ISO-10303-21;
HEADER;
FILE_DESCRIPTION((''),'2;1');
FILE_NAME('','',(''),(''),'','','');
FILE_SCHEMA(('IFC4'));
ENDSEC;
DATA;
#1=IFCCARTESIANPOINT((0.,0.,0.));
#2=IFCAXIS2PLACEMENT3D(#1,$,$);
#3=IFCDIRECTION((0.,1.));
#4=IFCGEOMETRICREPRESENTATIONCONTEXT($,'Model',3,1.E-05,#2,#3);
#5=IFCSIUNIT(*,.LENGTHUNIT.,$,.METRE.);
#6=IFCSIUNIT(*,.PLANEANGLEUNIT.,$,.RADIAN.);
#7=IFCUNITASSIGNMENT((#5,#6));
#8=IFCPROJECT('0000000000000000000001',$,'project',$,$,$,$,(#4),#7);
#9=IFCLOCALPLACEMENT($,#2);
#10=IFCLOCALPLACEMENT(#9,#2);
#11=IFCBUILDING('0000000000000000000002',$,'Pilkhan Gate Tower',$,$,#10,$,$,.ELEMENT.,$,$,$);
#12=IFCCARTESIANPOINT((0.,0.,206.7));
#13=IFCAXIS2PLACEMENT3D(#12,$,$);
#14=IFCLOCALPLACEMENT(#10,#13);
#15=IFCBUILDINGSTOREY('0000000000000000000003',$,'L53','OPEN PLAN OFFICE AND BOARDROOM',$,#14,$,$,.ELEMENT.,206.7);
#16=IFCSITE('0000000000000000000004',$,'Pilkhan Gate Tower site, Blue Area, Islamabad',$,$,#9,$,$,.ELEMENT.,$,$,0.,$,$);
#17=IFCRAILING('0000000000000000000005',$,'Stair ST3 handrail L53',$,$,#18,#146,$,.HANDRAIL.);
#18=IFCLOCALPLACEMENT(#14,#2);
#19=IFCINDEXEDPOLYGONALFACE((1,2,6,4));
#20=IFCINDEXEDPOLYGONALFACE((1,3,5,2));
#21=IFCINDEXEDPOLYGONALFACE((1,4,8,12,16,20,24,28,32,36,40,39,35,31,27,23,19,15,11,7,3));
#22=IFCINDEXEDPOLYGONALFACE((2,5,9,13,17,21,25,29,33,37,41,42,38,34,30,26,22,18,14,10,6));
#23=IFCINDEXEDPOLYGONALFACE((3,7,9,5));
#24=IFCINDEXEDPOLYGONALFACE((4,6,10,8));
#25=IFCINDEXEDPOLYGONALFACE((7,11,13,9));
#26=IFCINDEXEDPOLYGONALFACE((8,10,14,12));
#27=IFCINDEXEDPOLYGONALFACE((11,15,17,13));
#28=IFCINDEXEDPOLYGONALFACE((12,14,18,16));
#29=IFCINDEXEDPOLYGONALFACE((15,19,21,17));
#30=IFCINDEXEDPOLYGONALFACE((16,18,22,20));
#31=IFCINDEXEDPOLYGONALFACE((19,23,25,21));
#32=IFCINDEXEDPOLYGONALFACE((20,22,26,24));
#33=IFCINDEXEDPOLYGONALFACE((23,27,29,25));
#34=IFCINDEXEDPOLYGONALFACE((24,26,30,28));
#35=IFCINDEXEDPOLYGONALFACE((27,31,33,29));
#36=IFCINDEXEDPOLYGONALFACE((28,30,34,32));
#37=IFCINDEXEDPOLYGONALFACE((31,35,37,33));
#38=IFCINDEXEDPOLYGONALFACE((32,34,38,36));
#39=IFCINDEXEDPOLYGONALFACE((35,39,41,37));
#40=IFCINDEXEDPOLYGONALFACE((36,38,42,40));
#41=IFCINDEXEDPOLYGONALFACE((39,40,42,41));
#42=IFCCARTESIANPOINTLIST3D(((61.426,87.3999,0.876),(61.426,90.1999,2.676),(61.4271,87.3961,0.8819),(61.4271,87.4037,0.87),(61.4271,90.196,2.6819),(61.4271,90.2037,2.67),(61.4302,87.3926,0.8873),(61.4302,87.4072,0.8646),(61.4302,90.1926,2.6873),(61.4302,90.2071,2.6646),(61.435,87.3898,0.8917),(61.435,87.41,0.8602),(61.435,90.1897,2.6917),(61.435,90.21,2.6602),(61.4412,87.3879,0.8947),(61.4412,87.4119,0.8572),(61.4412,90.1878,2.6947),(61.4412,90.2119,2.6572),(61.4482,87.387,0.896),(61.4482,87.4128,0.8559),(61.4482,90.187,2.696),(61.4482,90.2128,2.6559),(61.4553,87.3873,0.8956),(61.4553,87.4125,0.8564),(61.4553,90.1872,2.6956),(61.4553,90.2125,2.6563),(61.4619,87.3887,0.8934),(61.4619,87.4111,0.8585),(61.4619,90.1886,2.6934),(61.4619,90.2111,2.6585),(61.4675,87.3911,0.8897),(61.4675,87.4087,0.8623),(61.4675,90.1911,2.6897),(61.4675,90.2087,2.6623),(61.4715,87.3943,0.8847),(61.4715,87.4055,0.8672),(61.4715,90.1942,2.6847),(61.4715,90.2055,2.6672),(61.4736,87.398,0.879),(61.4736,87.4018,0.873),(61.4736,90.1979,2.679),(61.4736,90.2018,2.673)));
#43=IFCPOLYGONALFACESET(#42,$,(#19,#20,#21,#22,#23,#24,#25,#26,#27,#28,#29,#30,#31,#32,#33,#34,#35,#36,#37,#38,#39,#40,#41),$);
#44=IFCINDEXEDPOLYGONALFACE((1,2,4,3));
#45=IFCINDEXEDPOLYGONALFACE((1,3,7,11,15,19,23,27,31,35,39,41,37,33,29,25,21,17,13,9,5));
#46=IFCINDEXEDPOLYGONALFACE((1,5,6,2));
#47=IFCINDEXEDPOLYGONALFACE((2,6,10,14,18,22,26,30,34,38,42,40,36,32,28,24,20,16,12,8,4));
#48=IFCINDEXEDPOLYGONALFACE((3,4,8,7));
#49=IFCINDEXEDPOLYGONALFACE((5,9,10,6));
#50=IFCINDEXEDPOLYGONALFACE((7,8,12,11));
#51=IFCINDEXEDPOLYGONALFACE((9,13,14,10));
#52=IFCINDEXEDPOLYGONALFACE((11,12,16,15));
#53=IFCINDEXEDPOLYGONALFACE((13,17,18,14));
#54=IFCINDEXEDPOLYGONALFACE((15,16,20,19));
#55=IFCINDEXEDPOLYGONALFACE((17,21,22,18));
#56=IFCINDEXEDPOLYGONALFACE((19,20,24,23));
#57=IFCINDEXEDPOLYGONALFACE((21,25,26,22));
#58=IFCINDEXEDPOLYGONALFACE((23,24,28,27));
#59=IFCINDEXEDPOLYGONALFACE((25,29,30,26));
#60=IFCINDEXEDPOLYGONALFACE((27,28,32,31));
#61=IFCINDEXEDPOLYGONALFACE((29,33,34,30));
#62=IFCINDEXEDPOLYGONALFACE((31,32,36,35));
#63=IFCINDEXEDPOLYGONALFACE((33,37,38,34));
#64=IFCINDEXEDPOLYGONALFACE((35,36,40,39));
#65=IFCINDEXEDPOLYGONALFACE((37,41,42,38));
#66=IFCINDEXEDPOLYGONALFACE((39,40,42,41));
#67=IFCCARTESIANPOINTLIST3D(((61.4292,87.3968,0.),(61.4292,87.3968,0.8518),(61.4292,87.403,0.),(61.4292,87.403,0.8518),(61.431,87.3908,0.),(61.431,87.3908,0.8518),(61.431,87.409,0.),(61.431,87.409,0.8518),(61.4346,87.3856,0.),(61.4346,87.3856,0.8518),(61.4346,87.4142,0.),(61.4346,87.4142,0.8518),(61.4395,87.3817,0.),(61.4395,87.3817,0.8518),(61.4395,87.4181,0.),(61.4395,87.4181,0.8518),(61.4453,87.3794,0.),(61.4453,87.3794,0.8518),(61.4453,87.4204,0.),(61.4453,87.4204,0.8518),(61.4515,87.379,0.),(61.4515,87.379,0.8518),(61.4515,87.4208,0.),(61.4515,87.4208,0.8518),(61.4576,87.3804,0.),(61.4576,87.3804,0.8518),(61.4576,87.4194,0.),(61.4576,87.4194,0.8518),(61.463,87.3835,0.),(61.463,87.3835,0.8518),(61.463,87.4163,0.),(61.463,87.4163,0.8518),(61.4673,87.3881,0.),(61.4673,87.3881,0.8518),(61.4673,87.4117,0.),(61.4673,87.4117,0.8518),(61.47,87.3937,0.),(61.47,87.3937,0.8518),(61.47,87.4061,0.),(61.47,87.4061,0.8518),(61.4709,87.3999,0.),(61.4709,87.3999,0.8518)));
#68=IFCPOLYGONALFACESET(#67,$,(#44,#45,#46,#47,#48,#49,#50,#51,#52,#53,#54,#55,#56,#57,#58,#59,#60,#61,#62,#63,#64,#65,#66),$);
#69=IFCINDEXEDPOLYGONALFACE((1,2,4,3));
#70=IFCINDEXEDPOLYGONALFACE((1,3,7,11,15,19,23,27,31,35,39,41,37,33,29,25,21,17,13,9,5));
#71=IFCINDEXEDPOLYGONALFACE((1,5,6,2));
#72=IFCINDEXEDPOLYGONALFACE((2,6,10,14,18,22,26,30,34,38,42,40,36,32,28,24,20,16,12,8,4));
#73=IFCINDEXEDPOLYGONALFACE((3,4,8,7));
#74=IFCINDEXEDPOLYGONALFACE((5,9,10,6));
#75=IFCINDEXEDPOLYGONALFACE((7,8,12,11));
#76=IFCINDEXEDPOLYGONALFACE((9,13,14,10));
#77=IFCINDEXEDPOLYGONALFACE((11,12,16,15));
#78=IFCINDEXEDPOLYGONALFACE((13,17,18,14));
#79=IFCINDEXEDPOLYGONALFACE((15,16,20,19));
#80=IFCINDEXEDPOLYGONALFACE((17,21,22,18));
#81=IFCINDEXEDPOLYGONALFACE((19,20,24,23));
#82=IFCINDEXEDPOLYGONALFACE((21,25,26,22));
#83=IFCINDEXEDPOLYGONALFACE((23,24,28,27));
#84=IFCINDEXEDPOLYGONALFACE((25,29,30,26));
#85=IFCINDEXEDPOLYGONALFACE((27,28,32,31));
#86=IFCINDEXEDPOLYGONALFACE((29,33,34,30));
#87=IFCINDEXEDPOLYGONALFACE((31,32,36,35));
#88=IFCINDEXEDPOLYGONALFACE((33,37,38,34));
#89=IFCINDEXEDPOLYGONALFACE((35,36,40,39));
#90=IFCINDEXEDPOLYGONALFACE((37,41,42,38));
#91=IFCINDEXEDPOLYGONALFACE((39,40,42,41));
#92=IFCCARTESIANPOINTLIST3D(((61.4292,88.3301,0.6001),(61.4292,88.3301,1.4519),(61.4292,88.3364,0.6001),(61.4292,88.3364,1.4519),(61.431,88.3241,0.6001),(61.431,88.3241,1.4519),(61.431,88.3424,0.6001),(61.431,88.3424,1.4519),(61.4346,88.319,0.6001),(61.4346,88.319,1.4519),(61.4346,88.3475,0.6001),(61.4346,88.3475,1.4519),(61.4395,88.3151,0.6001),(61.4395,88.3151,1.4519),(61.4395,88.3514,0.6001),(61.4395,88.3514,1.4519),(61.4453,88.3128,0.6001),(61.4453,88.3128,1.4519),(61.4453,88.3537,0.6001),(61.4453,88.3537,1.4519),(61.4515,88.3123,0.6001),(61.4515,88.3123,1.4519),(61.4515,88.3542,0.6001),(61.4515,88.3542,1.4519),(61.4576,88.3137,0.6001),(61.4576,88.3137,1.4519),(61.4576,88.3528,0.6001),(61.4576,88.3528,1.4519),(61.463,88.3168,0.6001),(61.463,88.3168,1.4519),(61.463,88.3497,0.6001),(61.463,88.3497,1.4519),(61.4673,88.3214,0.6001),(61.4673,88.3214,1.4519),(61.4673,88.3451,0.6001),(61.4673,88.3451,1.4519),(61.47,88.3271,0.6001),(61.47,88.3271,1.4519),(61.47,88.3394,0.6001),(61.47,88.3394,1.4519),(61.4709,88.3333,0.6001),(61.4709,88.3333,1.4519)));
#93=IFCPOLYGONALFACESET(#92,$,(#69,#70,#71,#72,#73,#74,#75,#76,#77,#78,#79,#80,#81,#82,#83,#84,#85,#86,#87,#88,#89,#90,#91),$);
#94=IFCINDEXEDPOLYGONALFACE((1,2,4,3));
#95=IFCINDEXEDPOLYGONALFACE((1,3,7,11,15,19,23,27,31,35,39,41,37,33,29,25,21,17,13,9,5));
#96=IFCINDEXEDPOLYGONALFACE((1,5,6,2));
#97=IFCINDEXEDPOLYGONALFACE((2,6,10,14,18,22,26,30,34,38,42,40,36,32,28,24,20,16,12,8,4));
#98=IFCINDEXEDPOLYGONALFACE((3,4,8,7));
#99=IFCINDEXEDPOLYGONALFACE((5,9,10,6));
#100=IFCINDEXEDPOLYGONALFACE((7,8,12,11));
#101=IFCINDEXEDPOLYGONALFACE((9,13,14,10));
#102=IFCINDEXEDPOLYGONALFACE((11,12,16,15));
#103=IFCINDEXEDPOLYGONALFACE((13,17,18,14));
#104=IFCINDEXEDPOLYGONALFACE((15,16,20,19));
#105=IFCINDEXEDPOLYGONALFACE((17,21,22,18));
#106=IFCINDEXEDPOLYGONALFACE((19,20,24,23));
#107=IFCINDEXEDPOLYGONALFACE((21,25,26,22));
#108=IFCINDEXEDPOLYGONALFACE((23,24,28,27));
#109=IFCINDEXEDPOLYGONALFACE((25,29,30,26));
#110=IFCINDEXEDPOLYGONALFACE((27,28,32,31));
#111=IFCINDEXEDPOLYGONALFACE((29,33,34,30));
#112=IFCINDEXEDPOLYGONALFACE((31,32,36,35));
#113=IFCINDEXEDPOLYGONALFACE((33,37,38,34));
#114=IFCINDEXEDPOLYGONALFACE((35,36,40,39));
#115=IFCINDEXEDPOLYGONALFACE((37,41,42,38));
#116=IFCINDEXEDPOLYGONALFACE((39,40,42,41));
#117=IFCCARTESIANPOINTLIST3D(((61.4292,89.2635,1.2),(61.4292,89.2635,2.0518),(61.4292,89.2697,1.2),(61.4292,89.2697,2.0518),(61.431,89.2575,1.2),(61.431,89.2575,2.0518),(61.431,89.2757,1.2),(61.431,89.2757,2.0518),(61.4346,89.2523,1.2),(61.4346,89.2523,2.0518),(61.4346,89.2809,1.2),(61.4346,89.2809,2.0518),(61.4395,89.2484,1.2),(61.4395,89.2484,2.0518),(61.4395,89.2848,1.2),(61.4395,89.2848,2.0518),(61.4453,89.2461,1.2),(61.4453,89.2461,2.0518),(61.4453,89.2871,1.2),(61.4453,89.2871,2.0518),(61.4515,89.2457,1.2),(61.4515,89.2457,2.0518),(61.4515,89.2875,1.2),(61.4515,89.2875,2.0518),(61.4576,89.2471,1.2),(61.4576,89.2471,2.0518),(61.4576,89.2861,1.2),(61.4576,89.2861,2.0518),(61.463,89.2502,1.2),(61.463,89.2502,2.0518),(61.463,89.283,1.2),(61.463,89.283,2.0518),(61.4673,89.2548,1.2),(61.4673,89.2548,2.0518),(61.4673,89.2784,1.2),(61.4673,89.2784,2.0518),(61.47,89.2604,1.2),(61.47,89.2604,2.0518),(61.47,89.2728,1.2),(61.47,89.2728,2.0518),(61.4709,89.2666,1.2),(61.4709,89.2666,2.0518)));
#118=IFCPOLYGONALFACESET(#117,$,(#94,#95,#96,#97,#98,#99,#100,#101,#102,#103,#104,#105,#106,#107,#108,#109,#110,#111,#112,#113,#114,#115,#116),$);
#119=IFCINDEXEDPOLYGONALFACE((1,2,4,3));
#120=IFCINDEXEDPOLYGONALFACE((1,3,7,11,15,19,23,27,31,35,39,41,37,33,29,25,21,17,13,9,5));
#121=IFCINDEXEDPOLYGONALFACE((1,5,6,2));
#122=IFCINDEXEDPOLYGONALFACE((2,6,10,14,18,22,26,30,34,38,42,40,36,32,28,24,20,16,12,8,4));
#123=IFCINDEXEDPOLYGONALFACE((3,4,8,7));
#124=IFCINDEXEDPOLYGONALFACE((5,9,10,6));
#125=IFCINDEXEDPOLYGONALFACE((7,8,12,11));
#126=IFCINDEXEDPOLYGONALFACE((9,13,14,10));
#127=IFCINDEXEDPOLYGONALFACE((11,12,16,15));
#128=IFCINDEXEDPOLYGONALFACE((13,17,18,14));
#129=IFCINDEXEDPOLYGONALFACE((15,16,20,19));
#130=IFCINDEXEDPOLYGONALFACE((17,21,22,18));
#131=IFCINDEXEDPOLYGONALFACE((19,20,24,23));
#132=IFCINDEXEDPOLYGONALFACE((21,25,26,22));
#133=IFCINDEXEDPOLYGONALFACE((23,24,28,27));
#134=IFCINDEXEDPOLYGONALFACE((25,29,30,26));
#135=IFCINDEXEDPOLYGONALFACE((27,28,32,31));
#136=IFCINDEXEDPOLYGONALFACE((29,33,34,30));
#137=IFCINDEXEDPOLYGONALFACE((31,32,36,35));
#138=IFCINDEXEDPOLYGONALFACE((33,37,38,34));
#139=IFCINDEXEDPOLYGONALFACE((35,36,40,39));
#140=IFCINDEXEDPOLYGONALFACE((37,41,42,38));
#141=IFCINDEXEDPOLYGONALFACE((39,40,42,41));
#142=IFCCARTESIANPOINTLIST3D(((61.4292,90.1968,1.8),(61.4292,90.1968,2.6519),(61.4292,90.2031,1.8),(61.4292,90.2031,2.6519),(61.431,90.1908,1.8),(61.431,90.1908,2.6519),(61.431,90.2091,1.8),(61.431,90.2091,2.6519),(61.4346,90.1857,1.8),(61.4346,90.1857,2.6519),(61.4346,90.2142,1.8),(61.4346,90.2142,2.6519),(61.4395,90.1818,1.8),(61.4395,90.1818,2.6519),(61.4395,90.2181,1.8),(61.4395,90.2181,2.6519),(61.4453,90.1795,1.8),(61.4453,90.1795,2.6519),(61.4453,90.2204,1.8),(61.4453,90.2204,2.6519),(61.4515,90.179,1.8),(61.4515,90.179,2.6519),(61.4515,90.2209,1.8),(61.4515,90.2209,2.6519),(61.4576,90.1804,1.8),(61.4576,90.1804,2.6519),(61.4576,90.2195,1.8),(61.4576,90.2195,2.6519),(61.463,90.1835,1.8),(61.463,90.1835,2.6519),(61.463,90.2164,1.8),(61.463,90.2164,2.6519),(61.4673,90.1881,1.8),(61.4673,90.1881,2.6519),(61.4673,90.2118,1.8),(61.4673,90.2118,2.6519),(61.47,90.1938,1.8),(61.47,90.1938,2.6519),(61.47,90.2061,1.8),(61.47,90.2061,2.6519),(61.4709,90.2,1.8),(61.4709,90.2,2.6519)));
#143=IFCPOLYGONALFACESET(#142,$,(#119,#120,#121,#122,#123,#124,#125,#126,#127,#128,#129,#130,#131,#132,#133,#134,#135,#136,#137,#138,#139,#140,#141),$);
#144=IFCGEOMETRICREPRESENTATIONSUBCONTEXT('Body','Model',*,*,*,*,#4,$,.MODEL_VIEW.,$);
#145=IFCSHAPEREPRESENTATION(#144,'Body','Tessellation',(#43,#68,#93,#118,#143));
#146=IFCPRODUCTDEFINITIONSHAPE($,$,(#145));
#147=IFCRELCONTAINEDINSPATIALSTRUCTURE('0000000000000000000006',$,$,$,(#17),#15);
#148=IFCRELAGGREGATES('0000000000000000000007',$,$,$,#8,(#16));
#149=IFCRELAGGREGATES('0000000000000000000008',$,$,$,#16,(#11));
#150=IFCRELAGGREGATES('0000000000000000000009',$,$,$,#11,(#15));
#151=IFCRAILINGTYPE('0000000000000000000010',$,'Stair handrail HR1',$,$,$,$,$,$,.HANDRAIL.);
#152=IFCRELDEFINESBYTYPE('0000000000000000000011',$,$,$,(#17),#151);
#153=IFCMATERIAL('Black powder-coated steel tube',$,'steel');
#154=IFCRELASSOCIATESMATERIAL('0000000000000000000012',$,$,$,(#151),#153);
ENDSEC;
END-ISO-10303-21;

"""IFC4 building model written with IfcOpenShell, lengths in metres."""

from ifc_helpers import new_model, si_unit, direction, frame, origin, origin_2d, place, context, subcontext, project, spatial, circle, extrude, material, type_object, element, save


model = new_model("IFC4")

# Units and contexts
model_context = context("Model", 3, precision=1e-05, world=origin(), true_north=direction((0.0, 1.0)))
body_context = subcontext(model_context, "Body", "Model", "MODEL_VIEW")
ifc_project = project(units=[si_unit("LENGTHUNIT", "METRE"), si_unit("PLANEANGLEUNIT", "RADIAN")], contexts=[model_context])

# Site, building, storey
site_placement = place(None, origin())
site = spatial("IfcSite", under=ifc_project, at=site_placement, Name="Pilkhan Gate Tower site, Blue Area, Islamabad", CompositionType="ELEMENT", RefElevation=0.0)
building_placement = place(site_placement, origin())
building = spatial("IfcBuilding", under=site, at=building_placement, Name="Pilkhan Gate Tower", CompositionType="ELEMENT")
storey_placement = place(building_placement, frame((0.0, 0.0, 206.7)))
storey = spatial("IfcBuildingStorey", under=building, at=storey_placement, Name="L53", Description="OPEN PLAN OFFICE AND BOARDROOM", CompositionType="ELEMENT", Elevation=206.7)

# Railing
ifc_material_1 = material(Name="Black powder-coated steel tube", Category="steel")
railing_type_1 = type_object("IfcRailingType", Name="Stair handrail HR1", PredefinedType="HANDRAIL", material=ifc_material_1)
railing_1_placement = place(storey_placement, frame((61.45, 87.3999, 0.0)))
element("IfcRailing", 1, at=railing_1_placement, inside=storey, type_object=railing_type_1, Name="Stair ST3 handrail L53", PredefinedType="HANDRAIL", context=body_context, shape_type="SweptSolid", body=[
    extrude(circle(Radius=0.0239, at=origin_2d()), frame((0.0, 0.0, 0.876), z_axis=(0.0, 0.841176, 0.540761), x_axis=(-1.0, 0.0, 0.0)), (0.0, 0.0, 1.0), 3.3286),
    extrude(circle(Radius=0.021, at=origin_2d()), origin(), (0.0, 0.0, 1.0), 0.8518),
    extrude(circle(Radius=0.021, at=origin_2d()), frame((0.0, 0.9333, 0.6001)), (0.0, 0.0, 1.0), 0.8518),
    extrude(circle(Radius=0.021, at=origin_2d()), frame((0.0, 1.8667, 1.2)), (0.0, 0.0, 1.0), 0.8518),
    extrude(circle(Radius=0.021, at=origin_2d()), frame((0.0, 2.8, 1.8)), (0.0, 0.0, 1.0), 0.8518),
])

save(model, "model.ifc")
